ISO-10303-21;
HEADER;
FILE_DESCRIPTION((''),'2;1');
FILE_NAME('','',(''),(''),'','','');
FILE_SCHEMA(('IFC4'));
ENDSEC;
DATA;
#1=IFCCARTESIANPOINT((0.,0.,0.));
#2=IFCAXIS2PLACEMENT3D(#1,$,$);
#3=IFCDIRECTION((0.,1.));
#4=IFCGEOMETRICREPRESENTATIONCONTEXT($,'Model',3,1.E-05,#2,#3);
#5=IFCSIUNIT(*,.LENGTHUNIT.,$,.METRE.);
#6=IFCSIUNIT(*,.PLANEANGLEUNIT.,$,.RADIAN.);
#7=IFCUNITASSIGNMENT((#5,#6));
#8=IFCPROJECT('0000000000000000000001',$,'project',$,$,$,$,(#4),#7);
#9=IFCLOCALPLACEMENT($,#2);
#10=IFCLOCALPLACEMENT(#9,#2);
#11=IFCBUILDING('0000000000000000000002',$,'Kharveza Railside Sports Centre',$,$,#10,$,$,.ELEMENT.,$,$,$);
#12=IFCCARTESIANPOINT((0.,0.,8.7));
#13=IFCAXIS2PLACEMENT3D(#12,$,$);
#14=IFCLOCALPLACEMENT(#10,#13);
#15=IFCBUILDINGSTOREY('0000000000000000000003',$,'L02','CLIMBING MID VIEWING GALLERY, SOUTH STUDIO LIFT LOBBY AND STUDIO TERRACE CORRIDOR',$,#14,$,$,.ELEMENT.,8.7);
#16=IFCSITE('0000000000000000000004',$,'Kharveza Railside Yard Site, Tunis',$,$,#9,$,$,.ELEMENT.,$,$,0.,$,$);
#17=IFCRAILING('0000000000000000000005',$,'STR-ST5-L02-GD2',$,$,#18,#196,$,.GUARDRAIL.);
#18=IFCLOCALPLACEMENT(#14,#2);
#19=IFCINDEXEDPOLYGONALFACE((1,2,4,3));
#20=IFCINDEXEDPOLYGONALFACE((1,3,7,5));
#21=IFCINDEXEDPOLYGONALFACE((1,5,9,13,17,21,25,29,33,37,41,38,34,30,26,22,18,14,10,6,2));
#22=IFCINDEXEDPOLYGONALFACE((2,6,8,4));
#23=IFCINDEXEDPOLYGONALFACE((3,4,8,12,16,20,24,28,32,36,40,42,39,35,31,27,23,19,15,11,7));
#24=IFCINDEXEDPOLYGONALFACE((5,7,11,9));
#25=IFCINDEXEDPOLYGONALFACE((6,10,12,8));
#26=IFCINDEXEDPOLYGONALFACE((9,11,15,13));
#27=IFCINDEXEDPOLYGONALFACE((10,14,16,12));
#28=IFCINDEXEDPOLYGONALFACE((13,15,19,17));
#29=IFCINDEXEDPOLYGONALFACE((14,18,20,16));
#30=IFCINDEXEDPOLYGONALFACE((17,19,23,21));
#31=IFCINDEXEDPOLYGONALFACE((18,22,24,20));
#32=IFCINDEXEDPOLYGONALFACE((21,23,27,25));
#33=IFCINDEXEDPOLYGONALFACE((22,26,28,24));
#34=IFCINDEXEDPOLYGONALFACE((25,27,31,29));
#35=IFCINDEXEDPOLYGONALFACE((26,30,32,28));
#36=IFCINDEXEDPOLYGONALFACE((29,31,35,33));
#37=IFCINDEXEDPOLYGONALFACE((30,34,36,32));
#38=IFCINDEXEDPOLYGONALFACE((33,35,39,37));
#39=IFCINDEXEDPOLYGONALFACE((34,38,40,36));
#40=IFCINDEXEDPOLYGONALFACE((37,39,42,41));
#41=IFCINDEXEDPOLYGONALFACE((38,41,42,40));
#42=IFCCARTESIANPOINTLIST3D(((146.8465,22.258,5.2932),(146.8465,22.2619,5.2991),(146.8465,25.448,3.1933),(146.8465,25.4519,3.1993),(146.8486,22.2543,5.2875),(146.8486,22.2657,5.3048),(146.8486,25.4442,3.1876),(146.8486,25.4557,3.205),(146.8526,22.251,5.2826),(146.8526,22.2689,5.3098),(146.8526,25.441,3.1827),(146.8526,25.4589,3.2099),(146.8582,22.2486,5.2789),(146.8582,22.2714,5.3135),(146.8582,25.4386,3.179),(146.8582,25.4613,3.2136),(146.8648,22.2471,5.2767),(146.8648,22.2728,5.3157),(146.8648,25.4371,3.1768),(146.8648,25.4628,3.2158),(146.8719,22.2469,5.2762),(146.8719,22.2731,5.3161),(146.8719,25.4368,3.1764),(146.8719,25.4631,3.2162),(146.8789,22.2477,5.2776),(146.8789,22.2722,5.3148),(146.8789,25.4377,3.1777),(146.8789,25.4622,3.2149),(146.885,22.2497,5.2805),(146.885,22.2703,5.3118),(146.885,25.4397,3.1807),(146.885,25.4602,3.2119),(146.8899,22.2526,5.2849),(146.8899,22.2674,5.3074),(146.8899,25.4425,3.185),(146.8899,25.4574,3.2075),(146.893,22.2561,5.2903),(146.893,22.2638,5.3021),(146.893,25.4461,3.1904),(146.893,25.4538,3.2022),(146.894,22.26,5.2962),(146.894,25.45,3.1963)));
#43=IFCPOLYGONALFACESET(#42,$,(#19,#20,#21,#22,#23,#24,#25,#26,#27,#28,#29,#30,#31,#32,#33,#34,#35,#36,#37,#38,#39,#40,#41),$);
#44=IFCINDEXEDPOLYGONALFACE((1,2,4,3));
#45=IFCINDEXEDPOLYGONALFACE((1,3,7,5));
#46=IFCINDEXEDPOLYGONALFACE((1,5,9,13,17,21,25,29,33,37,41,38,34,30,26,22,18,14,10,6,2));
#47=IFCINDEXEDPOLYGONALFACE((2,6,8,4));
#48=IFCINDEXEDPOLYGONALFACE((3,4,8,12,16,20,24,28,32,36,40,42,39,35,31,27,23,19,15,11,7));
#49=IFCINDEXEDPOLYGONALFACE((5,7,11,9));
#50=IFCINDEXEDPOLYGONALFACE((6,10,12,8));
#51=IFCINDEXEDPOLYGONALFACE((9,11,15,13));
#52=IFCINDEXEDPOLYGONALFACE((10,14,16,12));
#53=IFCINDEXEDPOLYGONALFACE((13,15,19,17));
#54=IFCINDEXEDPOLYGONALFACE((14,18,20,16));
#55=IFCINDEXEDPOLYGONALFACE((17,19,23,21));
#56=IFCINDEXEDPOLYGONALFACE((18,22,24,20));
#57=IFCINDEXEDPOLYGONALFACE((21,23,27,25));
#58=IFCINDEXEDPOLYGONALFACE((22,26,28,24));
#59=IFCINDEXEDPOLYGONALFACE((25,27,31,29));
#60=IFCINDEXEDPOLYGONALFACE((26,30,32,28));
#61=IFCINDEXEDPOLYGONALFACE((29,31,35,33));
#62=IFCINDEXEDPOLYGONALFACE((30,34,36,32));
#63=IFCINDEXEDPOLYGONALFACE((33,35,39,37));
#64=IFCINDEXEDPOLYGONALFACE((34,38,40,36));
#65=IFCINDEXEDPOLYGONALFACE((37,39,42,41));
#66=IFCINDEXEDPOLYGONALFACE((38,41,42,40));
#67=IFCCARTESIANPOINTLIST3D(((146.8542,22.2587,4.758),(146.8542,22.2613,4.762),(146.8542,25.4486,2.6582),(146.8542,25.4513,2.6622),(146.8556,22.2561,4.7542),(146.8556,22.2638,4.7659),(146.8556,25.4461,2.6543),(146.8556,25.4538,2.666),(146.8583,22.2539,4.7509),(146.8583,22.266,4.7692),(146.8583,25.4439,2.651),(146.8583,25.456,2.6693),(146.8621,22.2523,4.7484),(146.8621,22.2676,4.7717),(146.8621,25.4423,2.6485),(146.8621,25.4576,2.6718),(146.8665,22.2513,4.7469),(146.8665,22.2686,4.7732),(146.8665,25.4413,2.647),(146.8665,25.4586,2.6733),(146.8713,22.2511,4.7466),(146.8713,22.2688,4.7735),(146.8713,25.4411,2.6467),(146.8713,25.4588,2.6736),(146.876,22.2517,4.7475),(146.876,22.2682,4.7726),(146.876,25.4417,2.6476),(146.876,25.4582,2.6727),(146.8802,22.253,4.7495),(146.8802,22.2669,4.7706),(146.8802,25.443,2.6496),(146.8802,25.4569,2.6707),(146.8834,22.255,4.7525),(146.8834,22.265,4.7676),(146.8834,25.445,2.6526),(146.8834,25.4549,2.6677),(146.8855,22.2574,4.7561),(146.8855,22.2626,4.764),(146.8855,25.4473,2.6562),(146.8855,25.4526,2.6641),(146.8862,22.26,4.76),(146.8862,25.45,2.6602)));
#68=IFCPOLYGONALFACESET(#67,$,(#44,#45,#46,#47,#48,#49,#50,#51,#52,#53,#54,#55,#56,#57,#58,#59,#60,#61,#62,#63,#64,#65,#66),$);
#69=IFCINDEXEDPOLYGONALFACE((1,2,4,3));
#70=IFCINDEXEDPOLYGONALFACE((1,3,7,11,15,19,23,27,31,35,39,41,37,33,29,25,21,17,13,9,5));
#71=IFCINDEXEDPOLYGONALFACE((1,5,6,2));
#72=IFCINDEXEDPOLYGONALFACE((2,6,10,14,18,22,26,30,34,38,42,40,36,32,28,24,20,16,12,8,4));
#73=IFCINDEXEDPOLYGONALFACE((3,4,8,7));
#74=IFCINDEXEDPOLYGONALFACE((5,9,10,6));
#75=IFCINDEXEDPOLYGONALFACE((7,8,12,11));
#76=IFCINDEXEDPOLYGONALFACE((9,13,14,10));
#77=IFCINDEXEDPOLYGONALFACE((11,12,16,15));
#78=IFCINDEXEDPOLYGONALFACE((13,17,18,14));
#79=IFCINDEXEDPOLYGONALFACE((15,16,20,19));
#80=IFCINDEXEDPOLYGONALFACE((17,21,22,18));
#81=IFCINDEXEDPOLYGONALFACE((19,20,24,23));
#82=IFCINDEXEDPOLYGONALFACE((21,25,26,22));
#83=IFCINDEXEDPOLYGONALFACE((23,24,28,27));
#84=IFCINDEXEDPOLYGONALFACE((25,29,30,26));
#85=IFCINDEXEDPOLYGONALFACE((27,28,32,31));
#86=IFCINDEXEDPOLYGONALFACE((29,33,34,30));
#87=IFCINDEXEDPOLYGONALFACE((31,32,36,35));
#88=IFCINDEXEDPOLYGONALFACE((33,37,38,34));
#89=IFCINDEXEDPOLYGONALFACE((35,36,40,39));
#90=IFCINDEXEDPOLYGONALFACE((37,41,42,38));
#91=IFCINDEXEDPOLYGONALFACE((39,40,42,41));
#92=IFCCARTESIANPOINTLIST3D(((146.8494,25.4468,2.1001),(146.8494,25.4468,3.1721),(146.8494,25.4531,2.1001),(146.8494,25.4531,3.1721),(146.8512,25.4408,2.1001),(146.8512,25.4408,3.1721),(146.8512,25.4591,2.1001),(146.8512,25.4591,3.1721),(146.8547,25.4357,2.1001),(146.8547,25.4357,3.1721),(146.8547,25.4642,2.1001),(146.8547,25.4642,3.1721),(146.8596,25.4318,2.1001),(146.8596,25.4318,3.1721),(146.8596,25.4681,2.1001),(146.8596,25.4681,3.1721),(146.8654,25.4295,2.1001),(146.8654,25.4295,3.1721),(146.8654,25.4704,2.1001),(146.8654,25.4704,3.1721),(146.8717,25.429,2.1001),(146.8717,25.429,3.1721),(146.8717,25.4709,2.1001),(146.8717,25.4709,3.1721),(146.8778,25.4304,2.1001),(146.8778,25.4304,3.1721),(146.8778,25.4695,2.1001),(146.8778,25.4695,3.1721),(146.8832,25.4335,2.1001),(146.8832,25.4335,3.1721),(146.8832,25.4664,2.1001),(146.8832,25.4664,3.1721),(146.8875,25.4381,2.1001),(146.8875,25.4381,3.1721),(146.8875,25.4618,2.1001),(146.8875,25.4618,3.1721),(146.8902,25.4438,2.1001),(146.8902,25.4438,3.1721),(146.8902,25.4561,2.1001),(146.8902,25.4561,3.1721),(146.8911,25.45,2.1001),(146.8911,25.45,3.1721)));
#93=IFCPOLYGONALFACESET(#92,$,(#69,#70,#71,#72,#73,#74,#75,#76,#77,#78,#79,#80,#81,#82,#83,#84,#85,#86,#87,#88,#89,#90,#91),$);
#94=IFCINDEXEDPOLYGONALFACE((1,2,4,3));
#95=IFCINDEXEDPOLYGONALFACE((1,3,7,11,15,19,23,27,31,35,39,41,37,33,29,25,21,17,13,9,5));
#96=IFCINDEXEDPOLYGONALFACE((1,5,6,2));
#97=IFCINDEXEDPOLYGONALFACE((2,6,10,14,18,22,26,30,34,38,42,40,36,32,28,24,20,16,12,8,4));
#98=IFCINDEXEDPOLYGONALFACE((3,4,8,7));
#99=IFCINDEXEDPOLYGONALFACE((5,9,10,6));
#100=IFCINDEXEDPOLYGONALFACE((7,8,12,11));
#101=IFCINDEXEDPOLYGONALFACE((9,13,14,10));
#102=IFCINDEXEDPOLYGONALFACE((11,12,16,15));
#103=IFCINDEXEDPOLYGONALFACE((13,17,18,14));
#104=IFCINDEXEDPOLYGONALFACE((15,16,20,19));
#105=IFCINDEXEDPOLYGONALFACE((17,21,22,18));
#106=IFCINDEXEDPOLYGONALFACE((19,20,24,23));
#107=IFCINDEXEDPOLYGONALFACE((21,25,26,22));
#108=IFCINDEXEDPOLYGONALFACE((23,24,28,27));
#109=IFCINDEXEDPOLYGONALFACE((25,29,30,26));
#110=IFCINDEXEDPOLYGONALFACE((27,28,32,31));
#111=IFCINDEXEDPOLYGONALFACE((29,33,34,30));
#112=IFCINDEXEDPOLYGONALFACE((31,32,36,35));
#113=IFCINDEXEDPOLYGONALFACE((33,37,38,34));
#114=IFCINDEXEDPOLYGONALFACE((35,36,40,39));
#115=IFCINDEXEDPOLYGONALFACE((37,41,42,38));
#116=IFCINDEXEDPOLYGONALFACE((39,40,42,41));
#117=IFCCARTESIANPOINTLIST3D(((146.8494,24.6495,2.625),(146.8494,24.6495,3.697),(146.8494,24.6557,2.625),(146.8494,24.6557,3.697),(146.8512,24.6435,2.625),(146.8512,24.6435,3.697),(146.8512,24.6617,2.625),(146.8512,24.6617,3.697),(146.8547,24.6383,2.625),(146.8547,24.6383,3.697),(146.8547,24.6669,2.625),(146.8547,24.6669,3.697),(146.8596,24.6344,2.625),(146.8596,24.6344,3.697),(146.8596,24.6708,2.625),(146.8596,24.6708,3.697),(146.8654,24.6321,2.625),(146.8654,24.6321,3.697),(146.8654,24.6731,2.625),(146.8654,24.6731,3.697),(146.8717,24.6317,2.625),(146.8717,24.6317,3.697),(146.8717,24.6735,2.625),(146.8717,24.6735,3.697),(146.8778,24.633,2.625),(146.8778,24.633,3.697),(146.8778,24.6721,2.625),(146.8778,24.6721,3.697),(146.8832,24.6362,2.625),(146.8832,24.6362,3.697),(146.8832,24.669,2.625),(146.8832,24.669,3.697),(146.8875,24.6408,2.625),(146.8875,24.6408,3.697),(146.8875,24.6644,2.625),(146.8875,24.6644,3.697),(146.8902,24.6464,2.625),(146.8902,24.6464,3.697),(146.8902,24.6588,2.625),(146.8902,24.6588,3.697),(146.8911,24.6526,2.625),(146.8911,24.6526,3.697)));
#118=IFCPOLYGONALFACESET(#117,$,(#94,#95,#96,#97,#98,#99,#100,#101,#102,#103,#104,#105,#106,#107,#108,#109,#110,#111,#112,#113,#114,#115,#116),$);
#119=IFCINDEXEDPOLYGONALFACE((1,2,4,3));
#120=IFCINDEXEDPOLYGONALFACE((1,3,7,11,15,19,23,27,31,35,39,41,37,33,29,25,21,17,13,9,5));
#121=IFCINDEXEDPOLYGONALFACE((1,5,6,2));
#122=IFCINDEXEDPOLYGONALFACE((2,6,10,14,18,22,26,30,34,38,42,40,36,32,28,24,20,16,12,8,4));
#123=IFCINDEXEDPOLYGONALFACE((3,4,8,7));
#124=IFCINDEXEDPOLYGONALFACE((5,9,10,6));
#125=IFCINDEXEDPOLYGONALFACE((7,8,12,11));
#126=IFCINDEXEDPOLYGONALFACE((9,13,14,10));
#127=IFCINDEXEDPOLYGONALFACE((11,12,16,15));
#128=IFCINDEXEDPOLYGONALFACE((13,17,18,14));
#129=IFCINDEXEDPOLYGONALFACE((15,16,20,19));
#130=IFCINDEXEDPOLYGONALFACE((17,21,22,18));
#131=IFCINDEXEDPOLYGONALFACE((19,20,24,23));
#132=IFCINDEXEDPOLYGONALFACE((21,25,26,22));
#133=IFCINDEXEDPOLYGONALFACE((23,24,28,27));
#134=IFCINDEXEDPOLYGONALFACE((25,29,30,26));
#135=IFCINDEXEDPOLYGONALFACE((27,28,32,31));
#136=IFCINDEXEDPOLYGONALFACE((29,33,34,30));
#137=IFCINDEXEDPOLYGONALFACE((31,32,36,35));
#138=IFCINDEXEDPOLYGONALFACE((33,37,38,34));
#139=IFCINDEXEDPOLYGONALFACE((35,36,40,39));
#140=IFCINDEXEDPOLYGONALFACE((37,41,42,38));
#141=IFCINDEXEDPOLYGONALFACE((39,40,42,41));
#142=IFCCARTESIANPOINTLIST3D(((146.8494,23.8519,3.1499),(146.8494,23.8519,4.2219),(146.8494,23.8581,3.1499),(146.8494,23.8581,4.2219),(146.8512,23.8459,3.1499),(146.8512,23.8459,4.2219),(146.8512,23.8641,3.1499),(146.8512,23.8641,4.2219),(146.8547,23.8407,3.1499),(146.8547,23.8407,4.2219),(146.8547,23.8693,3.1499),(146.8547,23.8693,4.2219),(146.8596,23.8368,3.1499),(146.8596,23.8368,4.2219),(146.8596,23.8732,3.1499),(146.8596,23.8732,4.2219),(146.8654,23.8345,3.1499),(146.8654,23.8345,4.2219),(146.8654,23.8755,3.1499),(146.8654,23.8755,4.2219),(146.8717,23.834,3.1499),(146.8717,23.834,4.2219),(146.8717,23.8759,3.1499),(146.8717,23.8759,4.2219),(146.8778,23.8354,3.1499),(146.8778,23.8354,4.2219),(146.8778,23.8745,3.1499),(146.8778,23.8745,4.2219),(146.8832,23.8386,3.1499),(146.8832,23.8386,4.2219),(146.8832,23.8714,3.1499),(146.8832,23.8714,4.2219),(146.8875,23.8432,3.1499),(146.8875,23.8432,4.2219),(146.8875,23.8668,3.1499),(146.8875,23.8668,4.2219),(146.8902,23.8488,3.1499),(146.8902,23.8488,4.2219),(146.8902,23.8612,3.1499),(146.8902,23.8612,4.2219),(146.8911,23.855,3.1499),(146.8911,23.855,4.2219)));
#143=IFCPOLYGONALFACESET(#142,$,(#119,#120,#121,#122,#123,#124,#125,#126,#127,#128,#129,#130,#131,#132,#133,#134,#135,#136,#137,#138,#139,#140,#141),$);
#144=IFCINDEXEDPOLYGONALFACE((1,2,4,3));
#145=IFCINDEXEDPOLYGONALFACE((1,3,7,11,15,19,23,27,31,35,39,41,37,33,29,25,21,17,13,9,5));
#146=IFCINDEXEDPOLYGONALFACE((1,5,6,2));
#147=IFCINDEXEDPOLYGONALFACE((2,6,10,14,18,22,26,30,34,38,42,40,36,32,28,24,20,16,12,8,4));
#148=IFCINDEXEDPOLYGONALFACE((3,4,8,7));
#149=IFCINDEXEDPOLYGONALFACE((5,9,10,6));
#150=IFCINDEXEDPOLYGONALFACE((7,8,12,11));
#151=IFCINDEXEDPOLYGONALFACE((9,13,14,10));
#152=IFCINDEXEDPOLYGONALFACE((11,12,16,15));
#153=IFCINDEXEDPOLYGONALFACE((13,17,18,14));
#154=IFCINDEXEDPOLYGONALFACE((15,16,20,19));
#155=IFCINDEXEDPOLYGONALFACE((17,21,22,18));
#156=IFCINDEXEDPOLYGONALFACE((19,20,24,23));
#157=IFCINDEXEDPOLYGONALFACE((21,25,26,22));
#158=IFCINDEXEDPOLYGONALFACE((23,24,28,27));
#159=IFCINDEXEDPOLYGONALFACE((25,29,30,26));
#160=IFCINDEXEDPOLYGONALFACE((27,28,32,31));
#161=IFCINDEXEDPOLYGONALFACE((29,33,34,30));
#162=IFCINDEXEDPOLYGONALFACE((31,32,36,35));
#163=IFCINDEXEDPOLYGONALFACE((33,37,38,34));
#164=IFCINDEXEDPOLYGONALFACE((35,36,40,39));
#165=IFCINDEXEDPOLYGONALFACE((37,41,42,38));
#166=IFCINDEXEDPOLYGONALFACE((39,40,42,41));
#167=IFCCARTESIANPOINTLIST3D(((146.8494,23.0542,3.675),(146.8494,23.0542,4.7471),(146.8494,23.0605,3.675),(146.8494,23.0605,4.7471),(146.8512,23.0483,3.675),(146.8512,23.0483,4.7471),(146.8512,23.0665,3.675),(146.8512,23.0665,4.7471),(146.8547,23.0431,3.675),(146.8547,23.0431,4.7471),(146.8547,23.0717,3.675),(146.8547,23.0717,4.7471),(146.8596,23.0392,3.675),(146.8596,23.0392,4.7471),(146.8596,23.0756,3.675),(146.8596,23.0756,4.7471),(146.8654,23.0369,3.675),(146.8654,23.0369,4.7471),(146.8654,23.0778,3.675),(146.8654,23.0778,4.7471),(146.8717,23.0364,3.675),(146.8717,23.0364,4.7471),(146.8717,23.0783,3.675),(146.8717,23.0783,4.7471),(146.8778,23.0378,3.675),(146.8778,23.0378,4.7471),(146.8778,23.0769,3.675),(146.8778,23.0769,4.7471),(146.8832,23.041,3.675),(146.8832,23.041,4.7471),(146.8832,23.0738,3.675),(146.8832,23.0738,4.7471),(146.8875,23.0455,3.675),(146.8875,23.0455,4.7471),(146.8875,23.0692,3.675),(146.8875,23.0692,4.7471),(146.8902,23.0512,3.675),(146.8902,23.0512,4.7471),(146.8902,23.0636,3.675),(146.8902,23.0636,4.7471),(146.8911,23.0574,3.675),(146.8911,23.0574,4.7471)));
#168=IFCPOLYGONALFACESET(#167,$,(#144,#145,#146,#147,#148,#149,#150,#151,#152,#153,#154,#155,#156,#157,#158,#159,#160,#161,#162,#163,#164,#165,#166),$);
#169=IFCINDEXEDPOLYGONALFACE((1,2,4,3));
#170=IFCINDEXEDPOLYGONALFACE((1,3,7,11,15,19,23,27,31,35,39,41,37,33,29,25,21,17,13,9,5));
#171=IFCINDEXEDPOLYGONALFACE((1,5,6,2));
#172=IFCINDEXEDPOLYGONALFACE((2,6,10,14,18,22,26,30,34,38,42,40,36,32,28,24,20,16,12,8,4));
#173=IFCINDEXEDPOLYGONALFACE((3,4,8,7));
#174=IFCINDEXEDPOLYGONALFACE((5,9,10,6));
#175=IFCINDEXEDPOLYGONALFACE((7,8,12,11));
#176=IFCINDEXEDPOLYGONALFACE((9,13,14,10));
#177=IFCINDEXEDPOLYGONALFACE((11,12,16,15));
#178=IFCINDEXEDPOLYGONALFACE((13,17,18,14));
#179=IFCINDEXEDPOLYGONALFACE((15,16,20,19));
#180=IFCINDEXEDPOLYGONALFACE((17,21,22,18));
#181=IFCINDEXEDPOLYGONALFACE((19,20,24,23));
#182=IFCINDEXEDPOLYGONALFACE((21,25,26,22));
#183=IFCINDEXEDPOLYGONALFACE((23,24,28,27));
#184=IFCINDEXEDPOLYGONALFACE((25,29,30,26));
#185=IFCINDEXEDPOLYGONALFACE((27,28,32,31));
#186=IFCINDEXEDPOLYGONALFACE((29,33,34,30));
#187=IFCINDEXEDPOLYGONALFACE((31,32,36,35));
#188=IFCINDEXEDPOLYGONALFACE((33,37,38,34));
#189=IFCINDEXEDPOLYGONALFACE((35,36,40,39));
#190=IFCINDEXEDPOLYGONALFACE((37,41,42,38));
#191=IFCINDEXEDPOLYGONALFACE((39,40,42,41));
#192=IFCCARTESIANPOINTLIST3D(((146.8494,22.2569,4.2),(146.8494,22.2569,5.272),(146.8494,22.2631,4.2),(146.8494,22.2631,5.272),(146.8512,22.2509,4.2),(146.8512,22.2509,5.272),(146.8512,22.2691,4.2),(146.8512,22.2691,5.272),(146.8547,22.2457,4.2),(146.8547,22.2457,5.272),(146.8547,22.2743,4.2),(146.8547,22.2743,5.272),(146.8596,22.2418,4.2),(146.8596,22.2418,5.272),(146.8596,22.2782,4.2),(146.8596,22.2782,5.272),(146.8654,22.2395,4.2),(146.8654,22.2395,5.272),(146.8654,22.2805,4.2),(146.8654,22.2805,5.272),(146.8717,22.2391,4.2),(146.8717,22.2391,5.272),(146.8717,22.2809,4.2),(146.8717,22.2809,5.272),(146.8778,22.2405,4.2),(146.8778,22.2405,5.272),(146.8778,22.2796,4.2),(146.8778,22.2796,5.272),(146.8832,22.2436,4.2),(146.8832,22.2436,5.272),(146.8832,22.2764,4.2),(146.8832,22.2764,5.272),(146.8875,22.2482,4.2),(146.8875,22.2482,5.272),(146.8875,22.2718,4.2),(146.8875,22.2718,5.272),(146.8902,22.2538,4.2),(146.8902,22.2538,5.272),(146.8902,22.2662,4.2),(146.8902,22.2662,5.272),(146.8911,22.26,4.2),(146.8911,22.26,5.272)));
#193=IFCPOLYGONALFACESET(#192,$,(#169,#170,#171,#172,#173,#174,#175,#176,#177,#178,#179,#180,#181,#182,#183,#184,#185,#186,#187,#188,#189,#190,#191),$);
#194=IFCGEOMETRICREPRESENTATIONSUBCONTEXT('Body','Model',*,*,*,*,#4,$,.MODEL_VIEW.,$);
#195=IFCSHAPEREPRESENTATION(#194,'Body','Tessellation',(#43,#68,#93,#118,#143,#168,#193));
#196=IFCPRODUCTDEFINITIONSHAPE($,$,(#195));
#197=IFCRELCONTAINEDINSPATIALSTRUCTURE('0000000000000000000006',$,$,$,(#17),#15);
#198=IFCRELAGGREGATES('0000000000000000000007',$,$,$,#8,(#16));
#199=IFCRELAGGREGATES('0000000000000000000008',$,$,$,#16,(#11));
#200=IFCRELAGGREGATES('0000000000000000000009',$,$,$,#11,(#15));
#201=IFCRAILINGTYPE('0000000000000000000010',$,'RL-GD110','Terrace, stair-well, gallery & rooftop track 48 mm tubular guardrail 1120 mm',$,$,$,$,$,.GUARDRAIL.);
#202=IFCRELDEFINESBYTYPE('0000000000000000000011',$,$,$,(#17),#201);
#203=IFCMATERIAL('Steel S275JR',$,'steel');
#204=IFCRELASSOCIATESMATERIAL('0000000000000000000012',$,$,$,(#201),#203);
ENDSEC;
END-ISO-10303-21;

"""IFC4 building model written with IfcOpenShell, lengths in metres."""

from ifc_helpers import new_model, si_unit, direction, frame, origin, origin_2d, place, context, subcontext, project, spatial, circle, extrude, material, type_object, element, save


model = new_model("IFC4")

# Units and contexts
model_context = context("Model", 3, precision=1e-05, world=origin(), true_north=direction((0.0, 1.0)))
body_context = subcontext(model_context, "Body", "Model", "MODEL_VIEW")
ifc_project = project(units=[si_unit("LENGTHUNIT", "METRE"), si_unit("PLANEANGLEUNIT", "RADIAN")], contexts=[model_context])

# Site, building, storey
site_placement = place(None, origin())
site = spatial("IfcSite", under=ifc_project, at=site_placement, Name="Kharveza Railside Yard Site, Tunis", CompositionType="ELEMENT", RefElevation=0.0)
building_placement = place(site_placement, origin())
building = spatial("IfcBuilding", under=site, at=building_placement, Name="Kharveza Railside Sports Centre", CompositionType="ELEMENT")
storey_placement = place(building_placement, frame((0.0, 0.0, 8.7)))
storey = spatial("IfcBuildingStorey", under=building, at=storey_placement, Name="L02", Description="CLIMBING MID VIEWING GALLERY, SOUTH STUDIO LIFT LOBBY AND STUDIO TERRACE CORRIDOR", CompositionType="ELEMENT", Elevation=8.7)

# Railing
ifc_material_1 = material(Name="Steel S275JR", Category="steel")
railing_type_1 = type_object("IfcRailingType", Name="RL-GD110", Description="Terrace, stair-well, gallery & rooftop track 48 mm tubular guardrail 1120 mm", PredefinedType="GUARDRAIL", material=ifc_material_1)
railing_1_placement = place(storey_placement, frame((146.8701, 25.45, 2.1001)))
element("IfcRailing", 1, at=railing_1_placement, inside=storey, type_object=railing_type_1, Name="STR-ST5-L02-GD2", PredefinedType="GUARDRAIL", context=body_context, shape_type="SweptSolid", body=[
    extrude(circle(Radius=0.0239, at=origin_2d()), frame((0.0, 0.0, 1.0962), z_axis=(0.0, -0.835272, 0.549837), x_axis=(1.0, 0.0, 0.0)), (0.0, 0.0, 1.0), 3.8191),
    extrude(circle(Radius=0.0161, at=origin_2d()), frame((0.0, 0.0, 0.5601), z_axis=(0.0, -0.835272, 0.549837), x_axis=(1.0, 0.0, 0.0)), (0.0, 0.0, 1.0), 3.8191),
    extrude(circle(Radius=0.021, at=origin_2d()), origin(), (0.0, 0.0, 1.0), 1.072),
    extrude(circle(Radius=0.021, at=origin_2d()), frame((0.0, -0.7974, 0.5249)), (0.0, 0.0, 1.0), 1.072),
    extrude(circle(Radius=0.021, at=origin_2d()), frame((0.0, -1.595, 1.0498)), (0.0, 0.0, 1.0), 1.072),
    extrude(circle(Radius=0.021, at=origin_2d()), frame((0.0, -2.3926, 1.575)), (0.0, 0.0, 1.0), 1.072),
    extrude(circle(Radius=0.021, at=origin_2d()), frame((0.0, -3.1899, 2.0999)), (0.0, 0.0, 1.0), 1.072),
])

save(model, "model.ifc")
